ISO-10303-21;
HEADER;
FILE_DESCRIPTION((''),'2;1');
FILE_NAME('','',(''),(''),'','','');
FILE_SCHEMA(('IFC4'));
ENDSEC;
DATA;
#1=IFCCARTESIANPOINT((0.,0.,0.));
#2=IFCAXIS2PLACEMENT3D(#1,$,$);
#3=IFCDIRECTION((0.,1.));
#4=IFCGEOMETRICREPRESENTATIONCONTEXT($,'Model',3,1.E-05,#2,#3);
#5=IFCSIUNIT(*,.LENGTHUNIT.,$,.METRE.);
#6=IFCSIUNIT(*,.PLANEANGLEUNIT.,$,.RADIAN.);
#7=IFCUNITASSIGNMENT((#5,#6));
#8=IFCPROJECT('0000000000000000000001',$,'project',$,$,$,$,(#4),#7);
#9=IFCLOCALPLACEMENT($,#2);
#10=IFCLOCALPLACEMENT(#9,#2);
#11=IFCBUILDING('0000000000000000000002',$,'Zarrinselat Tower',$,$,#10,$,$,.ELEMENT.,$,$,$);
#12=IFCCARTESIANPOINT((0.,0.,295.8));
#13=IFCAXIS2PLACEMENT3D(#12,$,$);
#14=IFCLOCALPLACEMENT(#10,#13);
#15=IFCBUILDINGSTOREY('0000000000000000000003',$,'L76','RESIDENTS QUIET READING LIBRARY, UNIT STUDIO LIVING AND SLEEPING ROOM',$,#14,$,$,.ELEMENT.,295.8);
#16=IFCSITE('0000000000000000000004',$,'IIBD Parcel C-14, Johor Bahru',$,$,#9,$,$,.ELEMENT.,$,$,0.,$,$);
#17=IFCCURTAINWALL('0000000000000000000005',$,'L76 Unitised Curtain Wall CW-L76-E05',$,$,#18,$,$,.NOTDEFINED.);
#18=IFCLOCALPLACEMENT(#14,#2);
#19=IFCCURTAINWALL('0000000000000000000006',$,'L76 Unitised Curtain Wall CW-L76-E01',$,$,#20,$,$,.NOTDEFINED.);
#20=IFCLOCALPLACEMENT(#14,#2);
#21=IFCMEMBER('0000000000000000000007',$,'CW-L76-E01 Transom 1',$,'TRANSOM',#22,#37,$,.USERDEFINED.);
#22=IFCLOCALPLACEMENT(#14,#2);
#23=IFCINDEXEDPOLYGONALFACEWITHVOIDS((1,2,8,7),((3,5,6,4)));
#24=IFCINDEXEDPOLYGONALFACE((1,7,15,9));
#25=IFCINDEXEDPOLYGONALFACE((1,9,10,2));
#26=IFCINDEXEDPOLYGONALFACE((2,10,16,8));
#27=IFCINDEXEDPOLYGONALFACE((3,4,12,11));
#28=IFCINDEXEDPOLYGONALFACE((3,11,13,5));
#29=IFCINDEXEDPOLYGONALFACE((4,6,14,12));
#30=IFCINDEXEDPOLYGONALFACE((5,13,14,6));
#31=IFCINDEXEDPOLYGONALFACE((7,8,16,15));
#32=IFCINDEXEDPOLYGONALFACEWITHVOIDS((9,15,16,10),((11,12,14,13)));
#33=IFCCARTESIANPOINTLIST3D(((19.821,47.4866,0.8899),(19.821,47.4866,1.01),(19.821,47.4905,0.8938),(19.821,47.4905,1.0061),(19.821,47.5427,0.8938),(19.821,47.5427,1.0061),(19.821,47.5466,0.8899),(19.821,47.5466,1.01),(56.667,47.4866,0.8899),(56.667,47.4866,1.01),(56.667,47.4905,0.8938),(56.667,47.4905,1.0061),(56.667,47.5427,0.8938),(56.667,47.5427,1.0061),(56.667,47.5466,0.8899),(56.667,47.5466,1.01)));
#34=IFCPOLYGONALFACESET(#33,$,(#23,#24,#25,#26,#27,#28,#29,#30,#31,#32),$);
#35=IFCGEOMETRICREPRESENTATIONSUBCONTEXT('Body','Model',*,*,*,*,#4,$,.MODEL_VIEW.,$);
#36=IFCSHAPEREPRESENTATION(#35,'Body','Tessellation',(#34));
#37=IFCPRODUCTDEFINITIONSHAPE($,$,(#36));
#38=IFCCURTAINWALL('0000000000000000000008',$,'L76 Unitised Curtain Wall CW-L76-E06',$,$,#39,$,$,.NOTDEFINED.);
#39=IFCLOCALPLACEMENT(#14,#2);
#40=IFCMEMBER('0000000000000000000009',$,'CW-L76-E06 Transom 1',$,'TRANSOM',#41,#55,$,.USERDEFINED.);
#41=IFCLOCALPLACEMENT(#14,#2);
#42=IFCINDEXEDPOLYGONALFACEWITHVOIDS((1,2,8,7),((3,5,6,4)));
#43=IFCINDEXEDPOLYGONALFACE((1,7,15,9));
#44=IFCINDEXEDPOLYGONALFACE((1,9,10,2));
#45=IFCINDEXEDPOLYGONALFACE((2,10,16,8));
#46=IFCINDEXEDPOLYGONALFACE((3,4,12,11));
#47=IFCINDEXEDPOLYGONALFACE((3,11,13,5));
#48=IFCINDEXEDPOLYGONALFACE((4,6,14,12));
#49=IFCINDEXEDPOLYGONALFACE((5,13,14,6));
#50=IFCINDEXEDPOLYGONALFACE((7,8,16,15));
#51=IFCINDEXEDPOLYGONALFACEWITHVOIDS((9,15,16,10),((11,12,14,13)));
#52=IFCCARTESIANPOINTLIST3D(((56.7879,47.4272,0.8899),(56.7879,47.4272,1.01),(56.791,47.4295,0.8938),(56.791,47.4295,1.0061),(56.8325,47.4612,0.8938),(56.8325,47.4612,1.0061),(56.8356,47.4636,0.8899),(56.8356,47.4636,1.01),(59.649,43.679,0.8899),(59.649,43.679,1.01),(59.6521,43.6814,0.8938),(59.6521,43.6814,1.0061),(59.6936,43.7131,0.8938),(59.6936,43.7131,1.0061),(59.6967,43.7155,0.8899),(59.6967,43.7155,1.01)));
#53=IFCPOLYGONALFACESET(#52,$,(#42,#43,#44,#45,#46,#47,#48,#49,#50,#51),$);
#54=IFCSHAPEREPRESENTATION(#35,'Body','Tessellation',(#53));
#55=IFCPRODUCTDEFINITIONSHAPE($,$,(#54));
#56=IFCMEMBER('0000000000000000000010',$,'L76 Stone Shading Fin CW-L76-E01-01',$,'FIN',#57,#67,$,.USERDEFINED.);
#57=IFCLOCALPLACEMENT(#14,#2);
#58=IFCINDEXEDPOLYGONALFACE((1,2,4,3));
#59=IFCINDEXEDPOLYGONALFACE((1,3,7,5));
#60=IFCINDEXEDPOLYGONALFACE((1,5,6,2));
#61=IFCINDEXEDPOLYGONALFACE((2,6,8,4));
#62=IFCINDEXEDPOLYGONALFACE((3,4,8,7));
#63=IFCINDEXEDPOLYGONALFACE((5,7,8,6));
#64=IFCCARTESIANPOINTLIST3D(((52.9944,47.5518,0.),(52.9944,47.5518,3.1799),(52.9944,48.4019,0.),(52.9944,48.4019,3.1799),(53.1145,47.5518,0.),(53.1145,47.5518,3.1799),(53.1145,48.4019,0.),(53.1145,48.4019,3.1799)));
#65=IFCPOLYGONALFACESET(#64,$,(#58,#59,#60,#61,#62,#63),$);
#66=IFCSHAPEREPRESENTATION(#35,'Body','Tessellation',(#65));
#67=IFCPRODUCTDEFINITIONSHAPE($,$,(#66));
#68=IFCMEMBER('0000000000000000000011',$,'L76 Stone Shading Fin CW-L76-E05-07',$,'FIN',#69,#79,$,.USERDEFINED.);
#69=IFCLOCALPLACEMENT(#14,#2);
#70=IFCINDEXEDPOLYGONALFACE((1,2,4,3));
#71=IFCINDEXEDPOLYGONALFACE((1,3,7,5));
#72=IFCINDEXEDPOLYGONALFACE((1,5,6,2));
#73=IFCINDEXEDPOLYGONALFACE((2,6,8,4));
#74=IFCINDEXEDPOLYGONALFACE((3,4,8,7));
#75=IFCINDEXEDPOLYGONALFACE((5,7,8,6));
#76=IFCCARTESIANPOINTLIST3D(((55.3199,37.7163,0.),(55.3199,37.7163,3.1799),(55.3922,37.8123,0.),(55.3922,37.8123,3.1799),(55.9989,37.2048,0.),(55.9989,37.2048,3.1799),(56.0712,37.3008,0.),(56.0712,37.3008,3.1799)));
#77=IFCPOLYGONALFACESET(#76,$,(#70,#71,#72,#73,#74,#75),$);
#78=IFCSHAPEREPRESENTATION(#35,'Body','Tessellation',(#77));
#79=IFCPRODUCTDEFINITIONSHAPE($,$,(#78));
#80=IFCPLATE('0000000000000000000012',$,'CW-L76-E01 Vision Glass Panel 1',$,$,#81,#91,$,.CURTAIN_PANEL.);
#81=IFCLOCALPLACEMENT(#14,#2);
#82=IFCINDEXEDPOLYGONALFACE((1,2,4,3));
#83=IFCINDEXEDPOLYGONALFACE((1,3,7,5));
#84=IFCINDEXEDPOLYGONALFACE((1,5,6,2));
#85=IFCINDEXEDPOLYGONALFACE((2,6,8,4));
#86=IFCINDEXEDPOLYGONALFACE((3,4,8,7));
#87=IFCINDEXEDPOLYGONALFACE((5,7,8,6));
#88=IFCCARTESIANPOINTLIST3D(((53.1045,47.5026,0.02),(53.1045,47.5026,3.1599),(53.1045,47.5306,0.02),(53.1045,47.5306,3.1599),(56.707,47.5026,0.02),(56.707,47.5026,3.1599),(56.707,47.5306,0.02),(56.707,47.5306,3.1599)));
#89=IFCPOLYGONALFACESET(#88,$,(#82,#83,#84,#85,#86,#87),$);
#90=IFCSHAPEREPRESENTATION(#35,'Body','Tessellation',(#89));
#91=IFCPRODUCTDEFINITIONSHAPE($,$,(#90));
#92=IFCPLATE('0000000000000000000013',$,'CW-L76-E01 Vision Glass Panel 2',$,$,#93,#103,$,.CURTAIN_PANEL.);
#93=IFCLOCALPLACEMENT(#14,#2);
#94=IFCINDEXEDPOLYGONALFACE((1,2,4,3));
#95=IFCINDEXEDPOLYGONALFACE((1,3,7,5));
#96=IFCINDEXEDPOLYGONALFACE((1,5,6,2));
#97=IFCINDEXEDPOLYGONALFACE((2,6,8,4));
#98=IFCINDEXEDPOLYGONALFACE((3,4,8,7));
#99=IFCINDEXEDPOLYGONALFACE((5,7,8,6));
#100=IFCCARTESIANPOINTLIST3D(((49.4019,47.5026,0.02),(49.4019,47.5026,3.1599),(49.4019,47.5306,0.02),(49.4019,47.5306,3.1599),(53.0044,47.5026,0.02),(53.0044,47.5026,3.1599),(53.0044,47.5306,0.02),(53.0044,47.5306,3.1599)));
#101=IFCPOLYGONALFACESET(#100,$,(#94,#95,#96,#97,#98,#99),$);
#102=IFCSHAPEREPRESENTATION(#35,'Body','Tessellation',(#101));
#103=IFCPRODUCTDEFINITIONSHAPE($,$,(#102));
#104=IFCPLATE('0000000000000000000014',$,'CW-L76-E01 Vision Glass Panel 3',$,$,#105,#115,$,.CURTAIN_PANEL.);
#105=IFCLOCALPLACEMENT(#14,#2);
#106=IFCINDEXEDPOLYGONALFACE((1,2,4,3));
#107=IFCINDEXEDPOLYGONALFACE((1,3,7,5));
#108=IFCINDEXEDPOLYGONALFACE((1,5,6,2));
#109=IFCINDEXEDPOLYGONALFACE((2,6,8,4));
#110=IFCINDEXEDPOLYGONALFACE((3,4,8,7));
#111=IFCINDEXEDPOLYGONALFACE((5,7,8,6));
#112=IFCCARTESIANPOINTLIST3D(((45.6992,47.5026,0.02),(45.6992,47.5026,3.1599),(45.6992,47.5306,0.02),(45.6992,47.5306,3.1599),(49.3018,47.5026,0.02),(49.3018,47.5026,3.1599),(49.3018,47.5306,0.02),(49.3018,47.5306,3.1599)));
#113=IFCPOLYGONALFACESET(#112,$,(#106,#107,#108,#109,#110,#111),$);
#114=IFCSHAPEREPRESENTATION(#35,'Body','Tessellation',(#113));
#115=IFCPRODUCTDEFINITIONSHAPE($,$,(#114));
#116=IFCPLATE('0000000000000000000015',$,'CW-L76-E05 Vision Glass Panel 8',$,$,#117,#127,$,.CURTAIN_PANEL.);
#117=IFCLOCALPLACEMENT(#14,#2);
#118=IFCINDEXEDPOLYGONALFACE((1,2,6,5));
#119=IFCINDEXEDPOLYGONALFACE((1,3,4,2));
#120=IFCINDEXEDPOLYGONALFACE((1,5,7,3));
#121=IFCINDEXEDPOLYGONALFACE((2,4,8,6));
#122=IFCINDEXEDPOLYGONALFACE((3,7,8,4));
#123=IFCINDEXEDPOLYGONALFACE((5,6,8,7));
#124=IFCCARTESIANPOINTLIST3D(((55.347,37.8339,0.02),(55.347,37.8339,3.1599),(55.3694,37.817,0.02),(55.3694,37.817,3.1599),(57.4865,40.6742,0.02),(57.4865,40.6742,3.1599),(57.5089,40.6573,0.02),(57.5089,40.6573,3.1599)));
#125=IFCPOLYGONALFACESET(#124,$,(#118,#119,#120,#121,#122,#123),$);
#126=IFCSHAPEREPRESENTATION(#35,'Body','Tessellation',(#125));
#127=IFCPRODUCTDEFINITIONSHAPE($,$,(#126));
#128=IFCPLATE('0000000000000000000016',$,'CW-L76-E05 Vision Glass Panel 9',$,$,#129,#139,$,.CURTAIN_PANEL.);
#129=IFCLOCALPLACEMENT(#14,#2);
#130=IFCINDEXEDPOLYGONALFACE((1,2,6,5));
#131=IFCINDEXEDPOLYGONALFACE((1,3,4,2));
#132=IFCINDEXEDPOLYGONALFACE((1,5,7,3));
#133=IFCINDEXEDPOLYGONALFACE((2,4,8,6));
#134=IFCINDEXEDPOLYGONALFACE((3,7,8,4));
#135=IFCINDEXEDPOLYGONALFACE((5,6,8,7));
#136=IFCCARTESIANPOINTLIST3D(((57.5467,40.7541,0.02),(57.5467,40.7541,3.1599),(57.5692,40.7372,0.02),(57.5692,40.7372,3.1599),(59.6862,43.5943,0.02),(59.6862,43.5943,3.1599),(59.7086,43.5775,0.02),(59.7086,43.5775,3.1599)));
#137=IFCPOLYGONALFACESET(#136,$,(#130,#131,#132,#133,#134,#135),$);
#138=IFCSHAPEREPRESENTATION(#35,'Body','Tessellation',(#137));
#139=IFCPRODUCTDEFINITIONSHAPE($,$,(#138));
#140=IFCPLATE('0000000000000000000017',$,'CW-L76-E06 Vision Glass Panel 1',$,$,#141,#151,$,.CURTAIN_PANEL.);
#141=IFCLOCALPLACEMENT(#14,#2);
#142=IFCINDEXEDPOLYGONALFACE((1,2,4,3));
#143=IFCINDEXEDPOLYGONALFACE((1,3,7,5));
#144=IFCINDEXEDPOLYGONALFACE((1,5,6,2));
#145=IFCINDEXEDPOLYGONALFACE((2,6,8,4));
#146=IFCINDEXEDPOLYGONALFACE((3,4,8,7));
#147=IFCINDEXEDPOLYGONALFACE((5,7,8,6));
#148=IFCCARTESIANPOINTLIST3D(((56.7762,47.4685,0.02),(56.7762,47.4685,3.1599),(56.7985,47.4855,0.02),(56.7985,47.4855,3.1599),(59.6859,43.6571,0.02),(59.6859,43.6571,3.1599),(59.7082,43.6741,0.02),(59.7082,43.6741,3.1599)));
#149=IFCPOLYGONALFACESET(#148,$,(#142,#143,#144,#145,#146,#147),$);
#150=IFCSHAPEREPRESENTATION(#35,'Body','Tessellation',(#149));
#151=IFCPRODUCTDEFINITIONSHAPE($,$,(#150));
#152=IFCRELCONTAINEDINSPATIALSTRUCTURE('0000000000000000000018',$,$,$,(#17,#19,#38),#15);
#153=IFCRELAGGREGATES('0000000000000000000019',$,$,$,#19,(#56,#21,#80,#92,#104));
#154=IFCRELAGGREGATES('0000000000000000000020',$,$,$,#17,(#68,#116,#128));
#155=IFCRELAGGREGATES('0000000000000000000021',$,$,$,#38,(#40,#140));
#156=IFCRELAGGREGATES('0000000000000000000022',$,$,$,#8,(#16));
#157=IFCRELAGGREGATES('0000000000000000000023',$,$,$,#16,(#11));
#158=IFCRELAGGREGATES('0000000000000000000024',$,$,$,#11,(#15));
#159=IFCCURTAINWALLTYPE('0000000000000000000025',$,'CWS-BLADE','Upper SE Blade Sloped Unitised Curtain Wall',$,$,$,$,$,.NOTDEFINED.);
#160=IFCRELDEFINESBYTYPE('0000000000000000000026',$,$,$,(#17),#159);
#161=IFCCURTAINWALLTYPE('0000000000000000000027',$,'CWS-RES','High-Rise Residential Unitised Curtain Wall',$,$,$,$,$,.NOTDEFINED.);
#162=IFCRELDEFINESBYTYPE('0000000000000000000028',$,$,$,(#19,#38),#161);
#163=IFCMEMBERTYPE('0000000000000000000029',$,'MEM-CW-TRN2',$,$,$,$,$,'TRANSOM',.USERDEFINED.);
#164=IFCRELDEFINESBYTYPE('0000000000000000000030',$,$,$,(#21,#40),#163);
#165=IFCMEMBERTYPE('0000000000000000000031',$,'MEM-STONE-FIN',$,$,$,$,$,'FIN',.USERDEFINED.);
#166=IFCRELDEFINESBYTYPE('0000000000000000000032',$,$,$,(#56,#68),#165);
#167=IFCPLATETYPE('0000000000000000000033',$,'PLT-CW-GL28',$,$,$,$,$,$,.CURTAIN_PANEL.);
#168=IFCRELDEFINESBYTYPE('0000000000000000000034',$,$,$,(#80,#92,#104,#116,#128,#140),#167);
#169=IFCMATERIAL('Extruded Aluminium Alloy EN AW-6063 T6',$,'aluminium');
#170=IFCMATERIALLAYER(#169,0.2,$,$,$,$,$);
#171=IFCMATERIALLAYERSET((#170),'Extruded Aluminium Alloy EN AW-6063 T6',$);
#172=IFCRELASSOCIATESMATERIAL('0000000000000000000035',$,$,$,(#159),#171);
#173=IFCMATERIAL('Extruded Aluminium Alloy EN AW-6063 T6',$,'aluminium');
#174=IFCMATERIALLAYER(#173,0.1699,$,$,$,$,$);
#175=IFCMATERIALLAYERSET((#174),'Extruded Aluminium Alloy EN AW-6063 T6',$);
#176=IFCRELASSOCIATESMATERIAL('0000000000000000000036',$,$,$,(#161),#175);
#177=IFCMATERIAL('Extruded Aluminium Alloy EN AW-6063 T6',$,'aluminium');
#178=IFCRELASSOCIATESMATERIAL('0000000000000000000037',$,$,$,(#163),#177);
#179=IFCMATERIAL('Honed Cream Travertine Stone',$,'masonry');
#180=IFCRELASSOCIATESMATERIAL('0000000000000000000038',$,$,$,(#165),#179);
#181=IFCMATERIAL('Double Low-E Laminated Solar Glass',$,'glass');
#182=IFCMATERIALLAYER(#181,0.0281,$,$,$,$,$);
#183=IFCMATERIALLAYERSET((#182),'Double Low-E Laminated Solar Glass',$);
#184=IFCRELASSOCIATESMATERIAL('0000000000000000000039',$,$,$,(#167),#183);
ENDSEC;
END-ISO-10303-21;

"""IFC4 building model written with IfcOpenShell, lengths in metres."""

from ifc_helpers import new_model, si_unit, direction, frame, origin, origin_2d, place, context, subcontext, project, spatial, rectangle, hollow_rectangle, extrude, material, layer, layer_set, material_profile, profile_set, type_object, element, aggregate, save


model = new_model("IFC4")

# Units and contexts
model_context = context("Model", 3, precision=1e-05, world=origin(), true_north=direction((0.0, 1.0)))
body_context = subcontext(model_context, "Body", "Model", "MODEL_VIEW")
ifc_project = project(units=[si_unit("LENGTHUNIT", "METRE"), si_unit("PLANEANGLEUNIT", "RADIAN")], contexts=[model_context])

# Site, building, storey
site_placement = place(None, origin())
site = spatial("IfcSite", under=ifc_project, at=site_placement, Name="IIBD Parcel C-14, Johor Bahru", CompositionType="ELEMENT", RefElevation=0.0)
building_placement = place(site_placement, origin())
building = spatial("IfcBuilding", under=site, at=building_placement, Name="Zarrinselat Tower", CompositionType="ELEMENT")
storey_placement = place(building_placement, frame((0.0, 0.0, 295.8)))
storey = spatial("IfcBuildingStorey", under=building, at=storey_placement, Name="L76", Description="RESIDENTS QUIET READING LIBRARY, UNIT STUDIO LIVING AND SLEEPING ROOM", CompositionType="ELEMENT", Elevation=295.8)

# Curtain walls, member
ifc_material_1 = material(Name="Extruded Aluminium Alloy EN AW-6063 T6", Category="aluminium")
ifc_layer_1 = layer(ifc_material_1, 0.2)
ifc_layer_set_1 = layer_set([ifc_layer_1], Name="Extruded Aluminium Alloy EN AW-6063 T6")
curtain_wall_type_1 = type_object("IfcCurtainWallType", Name="CWS-BLADE", Description="Upper SE Blade Sloped Unitised Curtain Wall", PredefinedType="NOTDEFINED", material=ifc_layer_set_1)
curtain_wall_1_placement = place(storey_placement, origin())
curtain_wall_1 = element("IfcCurtainWall", 1, at=curtain_wall_1_placement, inside=storey, type_object=curtain_wall_type_1, Name="L76 Unitised Curtain Wall CW-L76-E05", PredefinedType="NOTDEFINED")
ifc_material_2 = material(Name="Extruded Aluminium Alloy EN AW-6063 T6", Category="aluminium")
ifc_layer_2 = layer(ifc_material_2, 0.1699)
ifc_layer_set_2 = layer_set([ifc_layer_2], Name="Extruded Aluminium Alloy EN AW-6063 T6")
curtain_wall_type_2 = type_object("IfcCurtainWallType", Name="CWS-RES", Description="High-Rise Residential Unitised Curtain Wall", PredefinedType="NOTDEFINED", material=ifc_layer_set_2)
curtain_wall_2_placement = place(storey_placement, origin())
curtain_wall_2 = element("IfcCurtainWall", 2, at=curtain_wall_2_placement, inside=storey, type_object=curtain_wall_type_2, Name="L76 Unitised Curtain Wall CW-L76-E01", PredefinedType="NOTDEFINED")
ifc_material_3 = material(Name="Extruded Aluminium Alloy EN AW-6063 T6", Category="aluminium")
ifc_material_profile_1 = material_profile(ifc_material_3, hollow_rectangle(XDim=0.0601, YDim=0.1201, WallThickness=0.0039, at=origin_2d()), Name="RHS 120x60x4")
ifc_profile_set_1 = profile_set([ifc_material_profile_1], Name="Extruded Aluminium Alloy EN AW-6063 T6")
member_type_1 = type_object("IfcMemberType", Name="MEM-CW-TRN2", ElementType="TRANSOM", PredefinedType="USERDEFINED", material=ifc_profile_set_1)
member_1_placement = place(storey_placement, frame((56.667, 47.5166, 0.95), z_axis=(-1.0, 0.0, 0.0), x_axis=(0.0, -1.0, 0.0)))
member_1 = element("IfcMember", 3, at=member_1_placement, type_object=member_type_1, Name="CW-L76-E01 Transom 1", ObjectType="TRANSOM", PredefinedType="USERDEFINED", context=body_context, shape_type="SweptSolid", body=[
    extrude(hollow_rectangle(XDim=0.0601, YDim=0.1201, WallThickness=0.0039, at=origin_2d()), origin(), (0.0, 0.0, 1.0), 36.8459),
])

# Curtain wall, member
curtain_wall_3_placement = place(storey_placement, origin())
curtain_wall_3 = element("IfcCurtainWall", 4, at=curtain_wall_3_placement, inside=storey, type_object=curtain_wall_type_2, Name="L76 Unitised Curtain Wall CW-L76-E06", PredefinedType="NOTDEFINED")
member_2_placement = place(storey_placement, frame((59.6729, 43.6973, 0.95), z_axis=(-0.606771, 0.794876, 0.0), x_axis=(-0.794876, -0.606771, 0.0)))
member_2 = element("IfcMember", 5, at=member_2_placement, type_object=member_type_1, Name="CW-L76-E06 Transom 1", ObjectType="TRANSOM", PredefinedType="USERDEFINED", context=body_context, shape_type="SweptSolid", body=[
    extrude(hollow_rectangle(XDim=0.0601, YDim=0.1201, WallThickness=0.0039, at=origin_2d()), origin(), (0.0, 0.0, 1.0), 4.7153),
])

# Members
ifc_material_4 = material(Name="Honed Cream Travertine Stone", Category="masonry")
ifc_material_profile_2 = material_profile(ifc_material_4, rectangle(XDim=0.1201, YDim=0.8501, at=origin_2d()), Name="FIN 850x120")
ifc_profile_set_2 = profile_set([ifc_material_profile_2], Name="Honed Cream Travertine Stone")
member_type_2 = type_object("IfcMemberType", Name="MEM-STONE-FIN", ElementType="FIN", PredefinedType="USERDEFINED", material=ifc_profile_set_2)
member_3_placement = place(storey_placement, frame((53.0544, 47.9768, 0.0), z_axis=(0.0, 0.0, 1.0), x_axis=(1.0, 0.0, 0.0)))
member_3 = element("IfcMember", 6, at=member_3_placement, type_object=member_type_2, Name="L76 Stone Shading Fin CW-L76-E01-01", ObjectType="FIN", PredefinedType="USERDEFINED", context=body_context, shape_type="SweptSolid", body=[
    extrude(rectangle(XDim=0.1201, YDim=0.8501, at=origin_2d()), origin(), (0.0, 0.0, 1.0), 3.1799),
])
member_4_placement = place(storey_placement, frame((55.6956, 37.5085, 0.0), z_axis=(0.0, 0.0, 1.0), x_axis=(-0.601673, -0.798743, 0.0)))
member_4 = element("IfcMember", 7, at=member_4_placement, type_object=member_type_2, Name="L76 Stone Shading Fin CW-L76-E05-07", ObjectType="FIN", PredefinedType="USERDEFINED", context=body_context, shape_type="SweptSolid", body=[
    extrude(rectangle(XDim=0.1201, YDim=0.8501, at=origin_2d()), origin(), (0.0, 0.0, 1.0), 3.1799),
])

# Plates
ifc_material_5 = material(Name="Double Low-E Laminated Solar Glass", Category="glass")
ifc_layer_3 = layer(ifc_material_5, 0.0281)
ifc_layer_set_3 = layer_set([ifc_layer_3], Name="Double Low-E Laminated Solar Glass")
plate_type = type_object("IfcPlateType", Name="PLT-CW-GL28", PredefinedType="CURTAIN_PANEL", material=ifc_layer_set_3)
plate_1_placement = place(storey_placement, frame((54.9058, 47.5166, 0.02), z_axis=(0.0, 0.0, 1.0), x_axis=(-1.0, 0.0, 0.0)))
plate_1 = element("IfcPlate", 8, at=plate_1_placement, type_object=plate_type, Name="CW-L76-E01 Vision Glass Panel 1", PredefinedType="CURTAIN_PANEL", context=body_context, shape_type="SweptSolid", body=[
    extrude(rectangle(XDim=3.6025, YDim=0.0281, at=origin_2d()), origin(), (0.0, 0.0, 1.0), 3.1399),
])
plate_2_placement = place(storey_placement, frame((51.2031, 47.5166, 0.02), z_axis=(0.0, 0.0, 1.0), x_axis=(-1.0, 0.0, 0.0)))
plate_2 = element("IfcPlate", 9, at=plate_2_placement, type_object=plate_type, Name="CW-L76-E01 Vision Glass Panel 2", PredefinedType="CURTAIN_PANEL", context=body_context, shape_type="SweptSolid", body=[
    extrude(rectangle(XDim=3.6025, YDim=0.0281, at=origin_2d()), origin(), (0.0, 0.0, 1.0), 3.1399),
])
plate_3_placement = place(storey_placement, frame((47.5005, 47.5166, 0.02), z_axis=(0.0, 0.0, 1.0), x_axis=(-1.0, 0.0, 0.0)))
plate_3 = element("IfcPlate", 10, at=plate_3_placement, type_object=plate_type, Name="CW-L76-E01 Vision Glass Panel 3", PredefinedType="CURTAIN_PANEL", context=body_context, shape_type="SweptSolid", body=[
    extrude(rectangle(XDim=3.6025, YDim=0.0281, at=origin_2d()), origin(), (0.0, 0.0, 1.0), 3.1399),
])
aggregate(curtain_wall_2, [member_3, member_1, plate_1, plate_2, plate_3])
plate_4_placement = place(storey_placement, frame((56.428, 39.2456, 0.02), z_axis=(0.0, 0.0, 1.0), x_axis=(0.601673, 0.798743, 0.0)))
plate_4 = element("IfcPlate", 11, at=plate_4_placement, type_object=plate_type, Name="CW-L76-E05 Vision Glass Panel 8", PredefinedType="CURTAIN_PANEL", context=body_context, shape_type="SweptSolid", body=[
    extrude(rectangle(XDim=3.5559, YDim=0.0281, at=origin_2d()), origin(), (0.0, 0.0, 1.0), 3.1399),
])
plate_5_placement = place(storey_placement, frame((58.6277, 42.1658, 0.02), z_axis=(0.0, 0.0, 1.0), x_axis=(0.601673, 0.798743, 0.0)))
plate_5 = element("IfcPlate", 12, at=plate_5_placement, type_object=plate_type, Name="CW-L76-E05 Vision Glass Panel 9", PredefinedType="CURTAIN_PANEL", context=body_context, shape_type="SweptSolid", body=[
    extrude(rectangle(XDim=3.5559, YDim=0.0281, at=origin_2d()), origin(), (0.0, 0.0, 1.0), 3.1399),
])
aggregate(curtain_wall_1, [member_4, plate_4, plate_5])
plate_6_placement = place(storey_placement, frame((58.2422, 45.5713, 0.02), z_axis=(0.0, 0.0, 1.0), x_axis=(-0.606806, 0.79485, 0.0)))
plate_6 = element("IfcPlate", 13, at=plate_6_placement, type_object=plate_type, Name="CW-L76-E06 Vision Glass Panel 1", PredefinedType="CURTAIN_PANEL", context=body_context, shape_type="SweptSolid", body=[
    extrude(rectangle(XDim=4.7952, YDim=0.0281, at=origin_2d()), origin(), (0.0, 0.0, 1.0), 3.1399),
])
aggregate(curtain_wall_3, [member_2, plate_6])

save(model, "model.ifc")
